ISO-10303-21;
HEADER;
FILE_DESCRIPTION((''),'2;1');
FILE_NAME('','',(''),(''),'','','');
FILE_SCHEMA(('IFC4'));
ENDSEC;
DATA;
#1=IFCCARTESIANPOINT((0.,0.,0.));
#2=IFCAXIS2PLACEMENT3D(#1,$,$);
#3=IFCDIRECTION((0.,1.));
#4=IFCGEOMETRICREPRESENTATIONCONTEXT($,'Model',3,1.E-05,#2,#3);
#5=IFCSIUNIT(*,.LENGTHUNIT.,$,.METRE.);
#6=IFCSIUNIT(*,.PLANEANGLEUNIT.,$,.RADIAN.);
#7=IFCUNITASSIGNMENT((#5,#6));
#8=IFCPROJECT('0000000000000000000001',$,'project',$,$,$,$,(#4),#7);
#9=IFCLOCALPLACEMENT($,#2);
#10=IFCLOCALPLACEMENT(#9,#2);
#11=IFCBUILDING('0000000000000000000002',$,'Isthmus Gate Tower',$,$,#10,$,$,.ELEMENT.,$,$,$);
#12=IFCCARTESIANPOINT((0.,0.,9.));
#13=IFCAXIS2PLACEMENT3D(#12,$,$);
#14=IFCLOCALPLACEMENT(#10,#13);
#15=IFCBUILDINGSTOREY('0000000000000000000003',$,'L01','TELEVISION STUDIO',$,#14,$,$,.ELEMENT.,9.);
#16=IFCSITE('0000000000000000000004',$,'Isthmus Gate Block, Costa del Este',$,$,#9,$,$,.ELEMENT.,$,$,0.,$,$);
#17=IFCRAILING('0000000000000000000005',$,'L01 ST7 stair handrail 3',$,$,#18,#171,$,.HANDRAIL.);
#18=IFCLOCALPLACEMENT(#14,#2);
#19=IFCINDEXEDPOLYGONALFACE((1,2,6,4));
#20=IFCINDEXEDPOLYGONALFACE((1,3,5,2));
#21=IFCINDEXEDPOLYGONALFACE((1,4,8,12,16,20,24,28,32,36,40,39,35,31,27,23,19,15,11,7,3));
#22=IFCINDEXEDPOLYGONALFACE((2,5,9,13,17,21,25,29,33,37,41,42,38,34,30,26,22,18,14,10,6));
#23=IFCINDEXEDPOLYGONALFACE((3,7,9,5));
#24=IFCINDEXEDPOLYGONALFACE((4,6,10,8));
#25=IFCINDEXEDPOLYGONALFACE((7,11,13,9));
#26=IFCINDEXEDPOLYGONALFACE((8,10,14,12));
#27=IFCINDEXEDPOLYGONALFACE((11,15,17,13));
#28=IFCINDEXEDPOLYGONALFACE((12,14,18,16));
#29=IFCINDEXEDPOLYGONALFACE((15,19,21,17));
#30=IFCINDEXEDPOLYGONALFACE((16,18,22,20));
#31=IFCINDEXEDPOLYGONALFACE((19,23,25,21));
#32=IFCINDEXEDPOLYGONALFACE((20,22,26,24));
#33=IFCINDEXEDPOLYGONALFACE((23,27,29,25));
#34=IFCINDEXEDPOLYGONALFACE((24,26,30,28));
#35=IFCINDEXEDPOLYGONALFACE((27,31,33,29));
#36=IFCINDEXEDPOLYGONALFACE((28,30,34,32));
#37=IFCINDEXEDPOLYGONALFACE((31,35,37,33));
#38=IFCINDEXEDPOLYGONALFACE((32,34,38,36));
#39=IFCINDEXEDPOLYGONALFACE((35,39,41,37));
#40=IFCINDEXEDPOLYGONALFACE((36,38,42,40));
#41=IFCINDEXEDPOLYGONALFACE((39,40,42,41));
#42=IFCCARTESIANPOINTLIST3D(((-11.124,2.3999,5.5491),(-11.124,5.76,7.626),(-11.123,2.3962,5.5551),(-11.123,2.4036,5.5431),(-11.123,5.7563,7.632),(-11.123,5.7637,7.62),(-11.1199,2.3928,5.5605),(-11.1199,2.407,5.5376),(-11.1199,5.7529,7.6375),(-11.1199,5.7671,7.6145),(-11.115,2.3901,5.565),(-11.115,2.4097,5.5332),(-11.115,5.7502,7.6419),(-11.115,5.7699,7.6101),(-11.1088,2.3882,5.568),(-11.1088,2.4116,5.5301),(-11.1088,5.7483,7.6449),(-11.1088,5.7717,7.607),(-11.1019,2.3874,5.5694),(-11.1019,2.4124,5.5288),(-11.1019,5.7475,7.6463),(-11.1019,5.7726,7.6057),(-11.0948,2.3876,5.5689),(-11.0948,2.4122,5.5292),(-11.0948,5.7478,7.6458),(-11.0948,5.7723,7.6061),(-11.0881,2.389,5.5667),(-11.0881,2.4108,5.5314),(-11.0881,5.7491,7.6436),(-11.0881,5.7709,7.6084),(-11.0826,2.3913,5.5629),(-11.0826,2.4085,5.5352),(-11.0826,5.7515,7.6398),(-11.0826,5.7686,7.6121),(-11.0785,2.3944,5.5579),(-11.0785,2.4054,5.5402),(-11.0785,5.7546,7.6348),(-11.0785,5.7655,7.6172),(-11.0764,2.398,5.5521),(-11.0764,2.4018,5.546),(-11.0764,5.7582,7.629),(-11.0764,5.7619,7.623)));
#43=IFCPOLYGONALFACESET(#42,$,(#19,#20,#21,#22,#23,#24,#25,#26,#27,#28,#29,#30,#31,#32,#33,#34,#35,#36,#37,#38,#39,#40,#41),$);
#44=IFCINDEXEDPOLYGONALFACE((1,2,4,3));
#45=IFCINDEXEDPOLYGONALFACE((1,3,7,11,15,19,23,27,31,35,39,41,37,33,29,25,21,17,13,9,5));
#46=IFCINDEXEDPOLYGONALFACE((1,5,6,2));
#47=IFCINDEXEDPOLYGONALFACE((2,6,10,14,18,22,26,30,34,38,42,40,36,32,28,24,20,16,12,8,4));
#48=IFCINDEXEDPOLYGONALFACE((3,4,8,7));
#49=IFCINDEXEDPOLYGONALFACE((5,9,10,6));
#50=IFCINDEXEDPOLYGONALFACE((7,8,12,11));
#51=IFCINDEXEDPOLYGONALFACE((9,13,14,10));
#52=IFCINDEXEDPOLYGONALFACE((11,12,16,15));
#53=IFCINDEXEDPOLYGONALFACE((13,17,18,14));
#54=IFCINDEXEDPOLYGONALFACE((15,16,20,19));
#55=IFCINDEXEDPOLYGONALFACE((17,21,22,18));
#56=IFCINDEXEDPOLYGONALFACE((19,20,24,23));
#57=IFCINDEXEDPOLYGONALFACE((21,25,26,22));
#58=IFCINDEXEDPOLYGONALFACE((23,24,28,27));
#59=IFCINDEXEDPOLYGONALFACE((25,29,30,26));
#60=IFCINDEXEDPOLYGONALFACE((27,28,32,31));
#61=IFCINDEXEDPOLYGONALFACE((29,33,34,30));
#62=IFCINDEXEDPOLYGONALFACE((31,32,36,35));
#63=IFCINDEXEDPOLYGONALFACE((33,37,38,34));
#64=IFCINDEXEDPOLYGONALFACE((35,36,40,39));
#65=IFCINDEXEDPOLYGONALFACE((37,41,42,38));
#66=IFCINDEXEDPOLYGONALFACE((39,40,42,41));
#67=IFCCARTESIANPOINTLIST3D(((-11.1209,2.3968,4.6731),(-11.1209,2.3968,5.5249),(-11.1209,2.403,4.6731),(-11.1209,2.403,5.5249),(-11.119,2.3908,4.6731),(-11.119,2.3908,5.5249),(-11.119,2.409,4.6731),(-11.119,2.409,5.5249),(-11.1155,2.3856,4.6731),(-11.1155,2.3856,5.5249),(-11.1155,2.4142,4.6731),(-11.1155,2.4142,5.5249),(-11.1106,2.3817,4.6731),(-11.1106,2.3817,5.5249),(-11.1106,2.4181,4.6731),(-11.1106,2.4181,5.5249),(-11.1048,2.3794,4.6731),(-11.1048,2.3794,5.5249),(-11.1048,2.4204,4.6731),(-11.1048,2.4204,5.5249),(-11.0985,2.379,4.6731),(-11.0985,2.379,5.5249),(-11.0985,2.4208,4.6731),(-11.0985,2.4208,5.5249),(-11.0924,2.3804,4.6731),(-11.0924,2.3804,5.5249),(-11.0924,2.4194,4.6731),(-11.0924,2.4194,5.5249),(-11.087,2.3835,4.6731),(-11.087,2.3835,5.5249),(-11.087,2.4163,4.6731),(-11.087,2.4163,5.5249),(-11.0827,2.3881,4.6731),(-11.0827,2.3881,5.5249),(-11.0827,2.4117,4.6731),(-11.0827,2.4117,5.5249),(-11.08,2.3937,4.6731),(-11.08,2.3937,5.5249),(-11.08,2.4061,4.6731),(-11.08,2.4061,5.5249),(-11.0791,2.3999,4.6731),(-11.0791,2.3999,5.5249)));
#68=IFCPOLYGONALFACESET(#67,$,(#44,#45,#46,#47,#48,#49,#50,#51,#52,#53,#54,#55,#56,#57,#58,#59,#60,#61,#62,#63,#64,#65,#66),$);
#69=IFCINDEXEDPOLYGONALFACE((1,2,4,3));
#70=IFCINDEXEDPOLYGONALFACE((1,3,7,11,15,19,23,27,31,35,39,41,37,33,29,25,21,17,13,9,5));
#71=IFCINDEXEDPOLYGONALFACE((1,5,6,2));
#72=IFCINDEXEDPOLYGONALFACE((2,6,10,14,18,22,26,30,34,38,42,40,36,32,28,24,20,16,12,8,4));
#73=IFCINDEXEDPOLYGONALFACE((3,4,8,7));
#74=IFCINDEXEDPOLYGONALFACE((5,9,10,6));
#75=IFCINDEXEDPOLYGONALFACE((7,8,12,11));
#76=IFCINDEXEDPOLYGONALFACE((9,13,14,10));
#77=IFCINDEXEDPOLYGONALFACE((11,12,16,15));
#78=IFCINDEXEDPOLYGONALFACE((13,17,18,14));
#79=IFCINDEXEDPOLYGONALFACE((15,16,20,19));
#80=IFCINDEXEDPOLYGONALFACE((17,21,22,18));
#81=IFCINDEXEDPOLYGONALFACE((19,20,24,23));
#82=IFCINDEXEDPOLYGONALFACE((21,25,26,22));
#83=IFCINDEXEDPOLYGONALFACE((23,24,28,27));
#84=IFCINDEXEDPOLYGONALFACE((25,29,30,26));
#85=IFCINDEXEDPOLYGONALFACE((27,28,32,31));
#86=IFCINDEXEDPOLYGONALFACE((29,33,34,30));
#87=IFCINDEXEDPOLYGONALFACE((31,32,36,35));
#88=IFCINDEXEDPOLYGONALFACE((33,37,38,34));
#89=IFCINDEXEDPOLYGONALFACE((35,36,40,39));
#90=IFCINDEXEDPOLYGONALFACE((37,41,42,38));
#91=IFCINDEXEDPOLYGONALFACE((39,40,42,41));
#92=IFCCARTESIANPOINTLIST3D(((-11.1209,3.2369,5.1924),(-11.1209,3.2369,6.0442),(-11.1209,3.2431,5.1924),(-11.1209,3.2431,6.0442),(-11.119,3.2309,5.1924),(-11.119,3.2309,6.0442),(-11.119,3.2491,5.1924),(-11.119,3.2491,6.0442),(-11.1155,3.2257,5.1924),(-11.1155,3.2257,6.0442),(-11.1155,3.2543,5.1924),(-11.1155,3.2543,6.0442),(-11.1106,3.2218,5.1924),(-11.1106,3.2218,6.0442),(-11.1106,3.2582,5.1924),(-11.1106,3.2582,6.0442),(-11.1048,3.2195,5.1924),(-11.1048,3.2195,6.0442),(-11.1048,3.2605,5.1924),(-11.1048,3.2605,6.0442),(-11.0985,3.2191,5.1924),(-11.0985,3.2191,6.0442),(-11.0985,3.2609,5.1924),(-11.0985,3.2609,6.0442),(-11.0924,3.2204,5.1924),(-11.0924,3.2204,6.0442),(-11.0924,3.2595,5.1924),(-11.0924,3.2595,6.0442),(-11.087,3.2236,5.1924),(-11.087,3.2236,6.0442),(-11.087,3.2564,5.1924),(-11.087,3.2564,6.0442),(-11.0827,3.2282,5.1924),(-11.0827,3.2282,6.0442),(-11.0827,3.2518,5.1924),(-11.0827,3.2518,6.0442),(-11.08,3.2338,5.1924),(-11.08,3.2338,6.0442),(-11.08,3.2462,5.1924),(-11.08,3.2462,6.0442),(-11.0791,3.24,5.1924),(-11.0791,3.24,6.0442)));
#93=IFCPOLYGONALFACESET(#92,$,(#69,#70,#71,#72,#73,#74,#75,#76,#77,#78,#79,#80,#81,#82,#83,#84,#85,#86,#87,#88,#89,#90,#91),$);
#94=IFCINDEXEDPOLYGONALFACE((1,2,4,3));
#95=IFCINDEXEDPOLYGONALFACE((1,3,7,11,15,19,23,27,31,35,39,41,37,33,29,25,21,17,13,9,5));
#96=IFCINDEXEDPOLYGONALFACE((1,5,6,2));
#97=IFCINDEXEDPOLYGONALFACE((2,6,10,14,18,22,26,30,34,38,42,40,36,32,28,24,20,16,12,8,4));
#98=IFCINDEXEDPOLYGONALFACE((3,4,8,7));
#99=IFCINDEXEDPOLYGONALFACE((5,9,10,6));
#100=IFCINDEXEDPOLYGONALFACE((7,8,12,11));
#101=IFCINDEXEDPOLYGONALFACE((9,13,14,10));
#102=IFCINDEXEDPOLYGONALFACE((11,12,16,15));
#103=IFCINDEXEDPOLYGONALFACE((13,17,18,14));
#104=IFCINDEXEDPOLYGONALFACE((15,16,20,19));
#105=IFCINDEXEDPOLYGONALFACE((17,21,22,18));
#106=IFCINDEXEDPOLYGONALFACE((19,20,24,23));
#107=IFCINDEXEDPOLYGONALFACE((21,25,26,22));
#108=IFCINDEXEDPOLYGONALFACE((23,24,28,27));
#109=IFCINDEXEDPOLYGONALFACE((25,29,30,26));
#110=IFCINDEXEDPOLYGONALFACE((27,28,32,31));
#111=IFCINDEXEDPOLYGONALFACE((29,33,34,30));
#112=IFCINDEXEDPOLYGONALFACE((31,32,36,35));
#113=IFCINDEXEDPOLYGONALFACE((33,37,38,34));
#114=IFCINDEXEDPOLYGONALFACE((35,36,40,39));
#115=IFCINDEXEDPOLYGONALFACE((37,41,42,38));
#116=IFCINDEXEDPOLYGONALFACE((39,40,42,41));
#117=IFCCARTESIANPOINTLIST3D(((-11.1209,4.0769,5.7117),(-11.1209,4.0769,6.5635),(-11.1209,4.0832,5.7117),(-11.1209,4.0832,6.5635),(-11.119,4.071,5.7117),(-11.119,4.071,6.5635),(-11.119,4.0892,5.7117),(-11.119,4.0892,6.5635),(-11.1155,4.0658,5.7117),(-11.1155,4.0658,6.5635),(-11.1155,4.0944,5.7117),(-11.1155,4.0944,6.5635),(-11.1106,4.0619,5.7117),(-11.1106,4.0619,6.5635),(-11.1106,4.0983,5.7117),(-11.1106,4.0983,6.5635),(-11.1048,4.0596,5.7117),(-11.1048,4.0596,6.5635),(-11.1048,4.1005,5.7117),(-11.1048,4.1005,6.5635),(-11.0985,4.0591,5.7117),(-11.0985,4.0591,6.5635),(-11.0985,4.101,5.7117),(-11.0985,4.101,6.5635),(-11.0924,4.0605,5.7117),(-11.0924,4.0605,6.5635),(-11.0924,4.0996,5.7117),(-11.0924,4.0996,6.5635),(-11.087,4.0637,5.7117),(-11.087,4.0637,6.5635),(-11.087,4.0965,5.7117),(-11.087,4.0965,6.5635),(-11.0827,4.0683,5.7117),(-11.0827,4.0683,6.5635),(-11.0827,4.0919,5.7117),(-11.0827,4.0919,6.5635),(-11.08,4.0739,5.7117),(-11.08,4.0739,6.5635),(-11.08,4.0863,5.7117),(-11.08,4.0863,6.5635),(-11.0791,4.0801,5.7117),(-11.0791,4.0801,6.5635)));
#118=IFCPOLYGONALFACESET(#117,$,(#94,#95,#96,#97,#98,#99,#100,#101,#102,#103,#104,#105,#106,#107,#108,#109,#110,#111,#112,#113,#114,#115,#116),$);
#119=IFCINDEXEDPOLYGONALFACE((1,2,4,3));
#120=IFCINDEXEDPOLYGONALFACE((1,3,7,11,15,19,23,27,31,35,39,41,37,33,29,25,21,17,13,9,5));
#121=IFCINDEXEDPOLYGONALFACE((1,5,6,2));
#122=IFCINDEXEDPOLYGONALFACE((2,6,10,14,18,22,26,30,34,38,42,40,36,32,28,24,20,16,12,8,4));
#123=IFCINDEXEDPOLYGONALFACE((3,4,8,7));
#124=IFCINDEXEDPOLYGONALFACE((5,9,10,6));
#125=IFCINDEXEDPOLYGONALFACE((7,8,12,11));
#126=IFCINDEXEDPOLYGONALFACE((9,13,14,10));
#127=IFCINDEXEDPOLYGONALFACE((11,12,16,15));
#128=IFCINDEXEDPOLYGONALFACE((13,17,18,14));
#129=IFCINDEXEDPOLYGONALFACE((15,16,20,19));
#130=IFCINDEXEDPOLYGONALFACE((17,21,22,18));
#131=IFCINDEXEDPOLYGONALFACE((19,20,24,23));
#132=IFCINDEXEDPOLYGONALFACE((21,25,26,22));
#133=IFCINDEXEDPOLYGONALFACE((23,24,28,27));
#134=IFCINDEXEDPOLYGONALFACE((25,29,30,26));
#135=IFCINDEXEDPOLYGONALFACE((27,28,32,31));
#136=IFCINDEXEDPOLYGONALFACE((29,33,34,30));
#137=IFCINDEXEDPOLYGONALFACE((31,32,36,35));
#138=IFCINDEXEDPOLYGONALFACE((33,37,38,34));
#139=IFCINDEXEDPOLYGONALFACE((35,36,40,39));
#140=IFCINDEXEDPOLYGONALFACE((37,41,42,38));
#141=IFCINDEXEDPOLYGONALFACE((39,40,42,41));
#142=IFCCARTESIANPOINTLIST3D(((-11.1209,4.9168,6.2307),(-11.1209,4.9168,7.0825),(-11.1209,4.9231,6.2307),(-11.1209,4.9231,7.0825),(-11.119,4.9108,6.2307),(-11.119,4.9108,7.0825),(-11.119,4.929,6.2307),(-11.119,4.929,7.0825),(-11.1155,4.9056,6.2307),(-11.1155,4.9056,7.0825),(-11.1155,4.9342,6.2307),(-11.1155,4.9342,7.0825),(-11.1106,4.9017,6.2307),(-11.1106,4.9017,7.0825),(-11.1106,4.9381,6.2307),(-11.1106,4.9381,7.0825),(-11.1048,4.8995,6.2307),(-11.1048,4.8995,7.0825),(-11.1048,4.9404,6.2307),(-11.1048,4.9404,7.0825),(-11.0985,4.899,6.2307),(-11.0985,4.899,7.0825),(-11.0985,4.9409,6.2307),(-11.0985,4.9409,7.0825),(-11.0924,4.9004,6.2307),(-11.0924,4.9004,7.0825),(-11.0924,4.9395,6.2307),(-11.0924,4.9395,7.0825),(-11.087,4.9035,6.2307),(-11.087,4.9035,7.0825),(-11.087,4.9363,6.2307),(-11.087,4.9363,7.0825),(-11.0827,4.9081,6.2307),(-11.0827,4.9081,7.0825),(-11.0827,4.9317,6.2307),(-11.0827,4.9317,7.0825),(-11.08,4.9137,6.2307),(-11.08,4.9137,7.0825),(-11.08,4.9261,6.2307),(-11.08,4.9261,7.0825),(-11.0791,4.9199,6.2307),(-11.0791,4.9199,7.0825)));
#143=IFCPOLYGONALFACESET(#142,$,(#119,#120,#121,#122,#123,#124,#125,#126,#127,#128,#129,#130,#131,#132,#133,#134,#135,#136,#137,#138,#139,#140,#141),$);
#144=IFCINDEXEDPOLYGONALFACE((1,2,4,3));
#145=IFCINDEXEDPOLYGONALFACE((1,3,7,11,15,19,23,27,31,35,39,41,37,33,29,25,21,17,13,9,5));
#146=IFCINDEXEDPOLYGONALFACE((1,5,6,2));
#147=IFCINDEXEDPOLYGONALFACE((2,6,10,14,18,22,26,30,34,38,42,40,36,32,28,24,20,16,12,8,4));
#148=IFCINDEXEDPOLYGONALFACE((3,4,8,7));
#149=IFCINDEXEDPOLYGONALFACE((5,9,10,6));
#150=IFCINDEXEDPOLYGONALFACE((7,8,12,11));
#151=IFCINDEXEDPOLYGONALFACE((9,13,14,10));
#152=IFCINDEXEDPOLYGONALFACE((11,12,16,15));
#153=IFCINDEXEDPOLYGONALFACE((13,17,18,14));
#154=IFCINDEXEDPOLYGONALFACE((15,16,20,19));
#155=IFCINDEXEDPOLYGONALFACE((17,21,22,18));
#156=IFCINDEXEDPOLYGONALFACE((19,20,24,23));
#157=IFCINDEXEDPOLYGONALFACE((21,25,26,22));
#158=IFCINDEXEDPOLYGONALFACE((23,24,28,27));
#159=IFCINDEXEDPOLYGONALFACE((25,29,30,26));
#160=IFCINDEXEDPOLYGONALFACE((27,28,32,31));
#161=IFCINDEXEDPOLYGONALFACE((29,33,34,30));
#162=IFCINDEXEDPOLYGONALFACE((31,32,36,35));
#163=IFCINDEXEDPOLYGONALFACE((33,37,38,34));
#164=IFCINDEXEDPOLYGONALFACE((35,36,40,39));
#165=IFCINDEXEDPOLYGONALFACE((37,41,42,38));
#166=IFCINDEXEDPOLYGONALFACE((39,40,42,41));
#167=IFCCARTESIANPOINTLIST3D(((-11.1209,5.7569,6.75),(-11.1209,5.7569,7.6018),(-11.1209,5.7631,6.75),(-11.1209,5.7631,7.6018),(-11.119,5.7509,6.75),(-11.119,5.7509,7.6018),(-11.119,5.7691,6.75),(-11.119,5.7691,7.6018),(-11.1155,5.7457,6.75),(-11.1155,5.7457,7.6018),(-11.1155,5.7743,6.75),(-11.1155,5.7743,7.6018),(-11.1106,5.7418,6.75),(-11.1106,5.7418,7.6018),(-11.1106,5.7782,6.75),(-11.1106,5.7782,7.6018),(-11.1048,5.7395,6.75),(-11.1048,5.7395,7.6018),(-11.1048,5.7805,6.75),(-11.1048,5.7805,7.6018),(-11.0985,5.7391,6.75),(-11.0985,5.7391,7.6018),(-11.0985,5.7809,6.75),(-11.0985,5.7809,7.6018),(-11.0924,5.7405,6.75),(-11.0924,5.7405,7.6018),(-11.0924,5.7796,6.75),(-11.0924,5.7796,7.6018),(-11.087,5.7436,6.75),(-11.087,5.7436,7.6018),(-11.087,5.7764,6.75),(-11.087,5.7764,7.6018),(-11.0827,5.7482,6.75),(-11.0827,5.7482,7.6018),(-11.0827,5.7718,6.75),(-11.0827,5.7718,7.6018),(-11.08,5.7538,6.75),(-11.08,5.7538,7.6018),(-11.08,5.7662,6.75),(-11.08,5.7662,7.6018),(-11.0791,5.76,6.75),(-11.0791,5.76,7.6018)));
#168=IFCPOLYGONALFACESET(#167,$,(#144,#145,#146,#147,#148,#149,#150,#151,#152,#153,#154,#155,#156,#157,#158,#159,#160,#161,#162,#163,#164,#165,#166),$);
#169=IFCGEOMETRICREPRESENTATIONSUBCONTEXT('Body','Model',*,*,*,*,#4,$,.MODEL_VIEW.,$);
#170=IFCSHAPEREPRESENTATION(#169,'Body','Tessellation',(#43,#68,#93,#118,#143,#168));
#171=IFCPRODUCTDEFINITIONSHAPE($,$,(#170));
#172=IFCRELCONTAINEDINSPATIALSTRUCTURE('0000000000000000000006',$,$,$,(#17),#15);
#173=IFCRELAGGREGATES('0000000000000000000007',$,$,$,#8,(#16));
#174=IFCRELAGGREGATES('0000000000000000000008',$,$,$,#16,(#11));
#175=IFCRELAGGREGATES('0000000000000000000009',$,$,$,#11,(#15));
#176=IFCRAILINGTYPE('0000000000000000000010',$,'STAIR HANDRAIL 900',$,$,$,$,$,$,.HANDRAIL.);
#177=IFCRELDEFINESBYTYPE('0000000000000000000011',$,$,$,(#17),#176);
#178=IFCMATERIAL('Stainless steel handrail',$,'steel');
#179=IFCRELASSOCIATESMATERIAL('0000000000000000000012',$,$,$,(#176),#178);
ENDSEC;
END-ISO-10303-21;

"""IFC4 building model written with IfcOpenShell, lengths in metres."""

from ifc_helpers import new_model, si_unit, direction, frame, origin, origin_2d, place, context, subcontext, project, spatial, circle, extrude, material, type_object, element, save


model = new_model("IFC4")

# Units and contexts
model_context = context("Model", 3, precision=1e-05, world=origin(), true_north=direction((0.0, 1.0)))
body_context = subcontext(model_context, "Body", "Model", "MODEL_VIEW")
ifc_project = project(units=[si_unit("LENGTHUNIT", "METRE"), si_unit("PLANEANGLEUNIT", "RADIAN")], contexts=[model_context])

# Site, building, storey
site_placement = place(None, origin())
site = spatial("IfcSite", under=ifc_project, at=site_placement, Name="Isthmus Gate Block, Costa del Este", CompositionType="ELEMENT", RefElevation=0.0)
building_placement = place(site_placement, origin())
building = spatial("IfcBuilding", under=site, at=building_placement, Name="Isthmus Gate Tower", CompositionType="ELEMENT")
storey_placement = place(building_placement, frame((0.0, 0.0, 9.0)))
storey = spatial("IfcBuildingStorey", under=building, at=storey_placement, Name="L01", Description="TELEVISION STUDIO", CompositionType="ELEMENT", Elevation=9.0)

# Railing
ifc_material_1 = material(Name="Stainless steel handrail", Category="steel")
railing_type_1 = type_object("IfcRailingType", Name="STAIR HANDRAIL 900", PredefinedType="HANDRAIL", material=ifc_material_1)
railing_1_placement = place(storey_placement, frame((-11.1001, 2.3999, 4.6731)))
element("IfcRailing", 1, at=railing_1_placement, inside=storey, type_object=railing_type_1, Name="L01 ST7 stair handrail 3", PredefinedType="HANDRAIL", context=body_context, shape_type="SweptSolid", body=[
    extrude(circle(Radius=0.0239, at=origin_2d()), frame((0.0, 0.0, 0.876), z_axis=(0.0, 0.850623, 0.525776), x_axis=(-1.0, 0.0, 0.0)), (0.0, 0.0, 1.0), 3.9502),
    extrude(circle(Radius=0.021, at=origin_2d()), origin(), (0.0, 0.0, 1.0), 0.8518),
    extrude(circle(Radius=0.021, at=origin_2d()), frame((0.0, 0.8401, 0.5193)), (0.0, 0.0, 1.0), 0.8518),
    extrude(circle(Radius=0.021, at=origin_2d()), frame((0.0, 1.6802, 1.0386)), (0.0, 0.0, 1.0), 0.8518),
    extrude(circle(Radius=0.021, at=origin_2d()), frame((0.0, 2.52, 1.5576)), (0.0, 0.0, 1.0), 0.8518),
    extrude(circle(Radius=0.021, at=origin_2d()), frame((0.0, 3.3601, 2.0769)), (0.0, 0.0, 1.0), 0.8518),
])

save(model, "model.ifc")
